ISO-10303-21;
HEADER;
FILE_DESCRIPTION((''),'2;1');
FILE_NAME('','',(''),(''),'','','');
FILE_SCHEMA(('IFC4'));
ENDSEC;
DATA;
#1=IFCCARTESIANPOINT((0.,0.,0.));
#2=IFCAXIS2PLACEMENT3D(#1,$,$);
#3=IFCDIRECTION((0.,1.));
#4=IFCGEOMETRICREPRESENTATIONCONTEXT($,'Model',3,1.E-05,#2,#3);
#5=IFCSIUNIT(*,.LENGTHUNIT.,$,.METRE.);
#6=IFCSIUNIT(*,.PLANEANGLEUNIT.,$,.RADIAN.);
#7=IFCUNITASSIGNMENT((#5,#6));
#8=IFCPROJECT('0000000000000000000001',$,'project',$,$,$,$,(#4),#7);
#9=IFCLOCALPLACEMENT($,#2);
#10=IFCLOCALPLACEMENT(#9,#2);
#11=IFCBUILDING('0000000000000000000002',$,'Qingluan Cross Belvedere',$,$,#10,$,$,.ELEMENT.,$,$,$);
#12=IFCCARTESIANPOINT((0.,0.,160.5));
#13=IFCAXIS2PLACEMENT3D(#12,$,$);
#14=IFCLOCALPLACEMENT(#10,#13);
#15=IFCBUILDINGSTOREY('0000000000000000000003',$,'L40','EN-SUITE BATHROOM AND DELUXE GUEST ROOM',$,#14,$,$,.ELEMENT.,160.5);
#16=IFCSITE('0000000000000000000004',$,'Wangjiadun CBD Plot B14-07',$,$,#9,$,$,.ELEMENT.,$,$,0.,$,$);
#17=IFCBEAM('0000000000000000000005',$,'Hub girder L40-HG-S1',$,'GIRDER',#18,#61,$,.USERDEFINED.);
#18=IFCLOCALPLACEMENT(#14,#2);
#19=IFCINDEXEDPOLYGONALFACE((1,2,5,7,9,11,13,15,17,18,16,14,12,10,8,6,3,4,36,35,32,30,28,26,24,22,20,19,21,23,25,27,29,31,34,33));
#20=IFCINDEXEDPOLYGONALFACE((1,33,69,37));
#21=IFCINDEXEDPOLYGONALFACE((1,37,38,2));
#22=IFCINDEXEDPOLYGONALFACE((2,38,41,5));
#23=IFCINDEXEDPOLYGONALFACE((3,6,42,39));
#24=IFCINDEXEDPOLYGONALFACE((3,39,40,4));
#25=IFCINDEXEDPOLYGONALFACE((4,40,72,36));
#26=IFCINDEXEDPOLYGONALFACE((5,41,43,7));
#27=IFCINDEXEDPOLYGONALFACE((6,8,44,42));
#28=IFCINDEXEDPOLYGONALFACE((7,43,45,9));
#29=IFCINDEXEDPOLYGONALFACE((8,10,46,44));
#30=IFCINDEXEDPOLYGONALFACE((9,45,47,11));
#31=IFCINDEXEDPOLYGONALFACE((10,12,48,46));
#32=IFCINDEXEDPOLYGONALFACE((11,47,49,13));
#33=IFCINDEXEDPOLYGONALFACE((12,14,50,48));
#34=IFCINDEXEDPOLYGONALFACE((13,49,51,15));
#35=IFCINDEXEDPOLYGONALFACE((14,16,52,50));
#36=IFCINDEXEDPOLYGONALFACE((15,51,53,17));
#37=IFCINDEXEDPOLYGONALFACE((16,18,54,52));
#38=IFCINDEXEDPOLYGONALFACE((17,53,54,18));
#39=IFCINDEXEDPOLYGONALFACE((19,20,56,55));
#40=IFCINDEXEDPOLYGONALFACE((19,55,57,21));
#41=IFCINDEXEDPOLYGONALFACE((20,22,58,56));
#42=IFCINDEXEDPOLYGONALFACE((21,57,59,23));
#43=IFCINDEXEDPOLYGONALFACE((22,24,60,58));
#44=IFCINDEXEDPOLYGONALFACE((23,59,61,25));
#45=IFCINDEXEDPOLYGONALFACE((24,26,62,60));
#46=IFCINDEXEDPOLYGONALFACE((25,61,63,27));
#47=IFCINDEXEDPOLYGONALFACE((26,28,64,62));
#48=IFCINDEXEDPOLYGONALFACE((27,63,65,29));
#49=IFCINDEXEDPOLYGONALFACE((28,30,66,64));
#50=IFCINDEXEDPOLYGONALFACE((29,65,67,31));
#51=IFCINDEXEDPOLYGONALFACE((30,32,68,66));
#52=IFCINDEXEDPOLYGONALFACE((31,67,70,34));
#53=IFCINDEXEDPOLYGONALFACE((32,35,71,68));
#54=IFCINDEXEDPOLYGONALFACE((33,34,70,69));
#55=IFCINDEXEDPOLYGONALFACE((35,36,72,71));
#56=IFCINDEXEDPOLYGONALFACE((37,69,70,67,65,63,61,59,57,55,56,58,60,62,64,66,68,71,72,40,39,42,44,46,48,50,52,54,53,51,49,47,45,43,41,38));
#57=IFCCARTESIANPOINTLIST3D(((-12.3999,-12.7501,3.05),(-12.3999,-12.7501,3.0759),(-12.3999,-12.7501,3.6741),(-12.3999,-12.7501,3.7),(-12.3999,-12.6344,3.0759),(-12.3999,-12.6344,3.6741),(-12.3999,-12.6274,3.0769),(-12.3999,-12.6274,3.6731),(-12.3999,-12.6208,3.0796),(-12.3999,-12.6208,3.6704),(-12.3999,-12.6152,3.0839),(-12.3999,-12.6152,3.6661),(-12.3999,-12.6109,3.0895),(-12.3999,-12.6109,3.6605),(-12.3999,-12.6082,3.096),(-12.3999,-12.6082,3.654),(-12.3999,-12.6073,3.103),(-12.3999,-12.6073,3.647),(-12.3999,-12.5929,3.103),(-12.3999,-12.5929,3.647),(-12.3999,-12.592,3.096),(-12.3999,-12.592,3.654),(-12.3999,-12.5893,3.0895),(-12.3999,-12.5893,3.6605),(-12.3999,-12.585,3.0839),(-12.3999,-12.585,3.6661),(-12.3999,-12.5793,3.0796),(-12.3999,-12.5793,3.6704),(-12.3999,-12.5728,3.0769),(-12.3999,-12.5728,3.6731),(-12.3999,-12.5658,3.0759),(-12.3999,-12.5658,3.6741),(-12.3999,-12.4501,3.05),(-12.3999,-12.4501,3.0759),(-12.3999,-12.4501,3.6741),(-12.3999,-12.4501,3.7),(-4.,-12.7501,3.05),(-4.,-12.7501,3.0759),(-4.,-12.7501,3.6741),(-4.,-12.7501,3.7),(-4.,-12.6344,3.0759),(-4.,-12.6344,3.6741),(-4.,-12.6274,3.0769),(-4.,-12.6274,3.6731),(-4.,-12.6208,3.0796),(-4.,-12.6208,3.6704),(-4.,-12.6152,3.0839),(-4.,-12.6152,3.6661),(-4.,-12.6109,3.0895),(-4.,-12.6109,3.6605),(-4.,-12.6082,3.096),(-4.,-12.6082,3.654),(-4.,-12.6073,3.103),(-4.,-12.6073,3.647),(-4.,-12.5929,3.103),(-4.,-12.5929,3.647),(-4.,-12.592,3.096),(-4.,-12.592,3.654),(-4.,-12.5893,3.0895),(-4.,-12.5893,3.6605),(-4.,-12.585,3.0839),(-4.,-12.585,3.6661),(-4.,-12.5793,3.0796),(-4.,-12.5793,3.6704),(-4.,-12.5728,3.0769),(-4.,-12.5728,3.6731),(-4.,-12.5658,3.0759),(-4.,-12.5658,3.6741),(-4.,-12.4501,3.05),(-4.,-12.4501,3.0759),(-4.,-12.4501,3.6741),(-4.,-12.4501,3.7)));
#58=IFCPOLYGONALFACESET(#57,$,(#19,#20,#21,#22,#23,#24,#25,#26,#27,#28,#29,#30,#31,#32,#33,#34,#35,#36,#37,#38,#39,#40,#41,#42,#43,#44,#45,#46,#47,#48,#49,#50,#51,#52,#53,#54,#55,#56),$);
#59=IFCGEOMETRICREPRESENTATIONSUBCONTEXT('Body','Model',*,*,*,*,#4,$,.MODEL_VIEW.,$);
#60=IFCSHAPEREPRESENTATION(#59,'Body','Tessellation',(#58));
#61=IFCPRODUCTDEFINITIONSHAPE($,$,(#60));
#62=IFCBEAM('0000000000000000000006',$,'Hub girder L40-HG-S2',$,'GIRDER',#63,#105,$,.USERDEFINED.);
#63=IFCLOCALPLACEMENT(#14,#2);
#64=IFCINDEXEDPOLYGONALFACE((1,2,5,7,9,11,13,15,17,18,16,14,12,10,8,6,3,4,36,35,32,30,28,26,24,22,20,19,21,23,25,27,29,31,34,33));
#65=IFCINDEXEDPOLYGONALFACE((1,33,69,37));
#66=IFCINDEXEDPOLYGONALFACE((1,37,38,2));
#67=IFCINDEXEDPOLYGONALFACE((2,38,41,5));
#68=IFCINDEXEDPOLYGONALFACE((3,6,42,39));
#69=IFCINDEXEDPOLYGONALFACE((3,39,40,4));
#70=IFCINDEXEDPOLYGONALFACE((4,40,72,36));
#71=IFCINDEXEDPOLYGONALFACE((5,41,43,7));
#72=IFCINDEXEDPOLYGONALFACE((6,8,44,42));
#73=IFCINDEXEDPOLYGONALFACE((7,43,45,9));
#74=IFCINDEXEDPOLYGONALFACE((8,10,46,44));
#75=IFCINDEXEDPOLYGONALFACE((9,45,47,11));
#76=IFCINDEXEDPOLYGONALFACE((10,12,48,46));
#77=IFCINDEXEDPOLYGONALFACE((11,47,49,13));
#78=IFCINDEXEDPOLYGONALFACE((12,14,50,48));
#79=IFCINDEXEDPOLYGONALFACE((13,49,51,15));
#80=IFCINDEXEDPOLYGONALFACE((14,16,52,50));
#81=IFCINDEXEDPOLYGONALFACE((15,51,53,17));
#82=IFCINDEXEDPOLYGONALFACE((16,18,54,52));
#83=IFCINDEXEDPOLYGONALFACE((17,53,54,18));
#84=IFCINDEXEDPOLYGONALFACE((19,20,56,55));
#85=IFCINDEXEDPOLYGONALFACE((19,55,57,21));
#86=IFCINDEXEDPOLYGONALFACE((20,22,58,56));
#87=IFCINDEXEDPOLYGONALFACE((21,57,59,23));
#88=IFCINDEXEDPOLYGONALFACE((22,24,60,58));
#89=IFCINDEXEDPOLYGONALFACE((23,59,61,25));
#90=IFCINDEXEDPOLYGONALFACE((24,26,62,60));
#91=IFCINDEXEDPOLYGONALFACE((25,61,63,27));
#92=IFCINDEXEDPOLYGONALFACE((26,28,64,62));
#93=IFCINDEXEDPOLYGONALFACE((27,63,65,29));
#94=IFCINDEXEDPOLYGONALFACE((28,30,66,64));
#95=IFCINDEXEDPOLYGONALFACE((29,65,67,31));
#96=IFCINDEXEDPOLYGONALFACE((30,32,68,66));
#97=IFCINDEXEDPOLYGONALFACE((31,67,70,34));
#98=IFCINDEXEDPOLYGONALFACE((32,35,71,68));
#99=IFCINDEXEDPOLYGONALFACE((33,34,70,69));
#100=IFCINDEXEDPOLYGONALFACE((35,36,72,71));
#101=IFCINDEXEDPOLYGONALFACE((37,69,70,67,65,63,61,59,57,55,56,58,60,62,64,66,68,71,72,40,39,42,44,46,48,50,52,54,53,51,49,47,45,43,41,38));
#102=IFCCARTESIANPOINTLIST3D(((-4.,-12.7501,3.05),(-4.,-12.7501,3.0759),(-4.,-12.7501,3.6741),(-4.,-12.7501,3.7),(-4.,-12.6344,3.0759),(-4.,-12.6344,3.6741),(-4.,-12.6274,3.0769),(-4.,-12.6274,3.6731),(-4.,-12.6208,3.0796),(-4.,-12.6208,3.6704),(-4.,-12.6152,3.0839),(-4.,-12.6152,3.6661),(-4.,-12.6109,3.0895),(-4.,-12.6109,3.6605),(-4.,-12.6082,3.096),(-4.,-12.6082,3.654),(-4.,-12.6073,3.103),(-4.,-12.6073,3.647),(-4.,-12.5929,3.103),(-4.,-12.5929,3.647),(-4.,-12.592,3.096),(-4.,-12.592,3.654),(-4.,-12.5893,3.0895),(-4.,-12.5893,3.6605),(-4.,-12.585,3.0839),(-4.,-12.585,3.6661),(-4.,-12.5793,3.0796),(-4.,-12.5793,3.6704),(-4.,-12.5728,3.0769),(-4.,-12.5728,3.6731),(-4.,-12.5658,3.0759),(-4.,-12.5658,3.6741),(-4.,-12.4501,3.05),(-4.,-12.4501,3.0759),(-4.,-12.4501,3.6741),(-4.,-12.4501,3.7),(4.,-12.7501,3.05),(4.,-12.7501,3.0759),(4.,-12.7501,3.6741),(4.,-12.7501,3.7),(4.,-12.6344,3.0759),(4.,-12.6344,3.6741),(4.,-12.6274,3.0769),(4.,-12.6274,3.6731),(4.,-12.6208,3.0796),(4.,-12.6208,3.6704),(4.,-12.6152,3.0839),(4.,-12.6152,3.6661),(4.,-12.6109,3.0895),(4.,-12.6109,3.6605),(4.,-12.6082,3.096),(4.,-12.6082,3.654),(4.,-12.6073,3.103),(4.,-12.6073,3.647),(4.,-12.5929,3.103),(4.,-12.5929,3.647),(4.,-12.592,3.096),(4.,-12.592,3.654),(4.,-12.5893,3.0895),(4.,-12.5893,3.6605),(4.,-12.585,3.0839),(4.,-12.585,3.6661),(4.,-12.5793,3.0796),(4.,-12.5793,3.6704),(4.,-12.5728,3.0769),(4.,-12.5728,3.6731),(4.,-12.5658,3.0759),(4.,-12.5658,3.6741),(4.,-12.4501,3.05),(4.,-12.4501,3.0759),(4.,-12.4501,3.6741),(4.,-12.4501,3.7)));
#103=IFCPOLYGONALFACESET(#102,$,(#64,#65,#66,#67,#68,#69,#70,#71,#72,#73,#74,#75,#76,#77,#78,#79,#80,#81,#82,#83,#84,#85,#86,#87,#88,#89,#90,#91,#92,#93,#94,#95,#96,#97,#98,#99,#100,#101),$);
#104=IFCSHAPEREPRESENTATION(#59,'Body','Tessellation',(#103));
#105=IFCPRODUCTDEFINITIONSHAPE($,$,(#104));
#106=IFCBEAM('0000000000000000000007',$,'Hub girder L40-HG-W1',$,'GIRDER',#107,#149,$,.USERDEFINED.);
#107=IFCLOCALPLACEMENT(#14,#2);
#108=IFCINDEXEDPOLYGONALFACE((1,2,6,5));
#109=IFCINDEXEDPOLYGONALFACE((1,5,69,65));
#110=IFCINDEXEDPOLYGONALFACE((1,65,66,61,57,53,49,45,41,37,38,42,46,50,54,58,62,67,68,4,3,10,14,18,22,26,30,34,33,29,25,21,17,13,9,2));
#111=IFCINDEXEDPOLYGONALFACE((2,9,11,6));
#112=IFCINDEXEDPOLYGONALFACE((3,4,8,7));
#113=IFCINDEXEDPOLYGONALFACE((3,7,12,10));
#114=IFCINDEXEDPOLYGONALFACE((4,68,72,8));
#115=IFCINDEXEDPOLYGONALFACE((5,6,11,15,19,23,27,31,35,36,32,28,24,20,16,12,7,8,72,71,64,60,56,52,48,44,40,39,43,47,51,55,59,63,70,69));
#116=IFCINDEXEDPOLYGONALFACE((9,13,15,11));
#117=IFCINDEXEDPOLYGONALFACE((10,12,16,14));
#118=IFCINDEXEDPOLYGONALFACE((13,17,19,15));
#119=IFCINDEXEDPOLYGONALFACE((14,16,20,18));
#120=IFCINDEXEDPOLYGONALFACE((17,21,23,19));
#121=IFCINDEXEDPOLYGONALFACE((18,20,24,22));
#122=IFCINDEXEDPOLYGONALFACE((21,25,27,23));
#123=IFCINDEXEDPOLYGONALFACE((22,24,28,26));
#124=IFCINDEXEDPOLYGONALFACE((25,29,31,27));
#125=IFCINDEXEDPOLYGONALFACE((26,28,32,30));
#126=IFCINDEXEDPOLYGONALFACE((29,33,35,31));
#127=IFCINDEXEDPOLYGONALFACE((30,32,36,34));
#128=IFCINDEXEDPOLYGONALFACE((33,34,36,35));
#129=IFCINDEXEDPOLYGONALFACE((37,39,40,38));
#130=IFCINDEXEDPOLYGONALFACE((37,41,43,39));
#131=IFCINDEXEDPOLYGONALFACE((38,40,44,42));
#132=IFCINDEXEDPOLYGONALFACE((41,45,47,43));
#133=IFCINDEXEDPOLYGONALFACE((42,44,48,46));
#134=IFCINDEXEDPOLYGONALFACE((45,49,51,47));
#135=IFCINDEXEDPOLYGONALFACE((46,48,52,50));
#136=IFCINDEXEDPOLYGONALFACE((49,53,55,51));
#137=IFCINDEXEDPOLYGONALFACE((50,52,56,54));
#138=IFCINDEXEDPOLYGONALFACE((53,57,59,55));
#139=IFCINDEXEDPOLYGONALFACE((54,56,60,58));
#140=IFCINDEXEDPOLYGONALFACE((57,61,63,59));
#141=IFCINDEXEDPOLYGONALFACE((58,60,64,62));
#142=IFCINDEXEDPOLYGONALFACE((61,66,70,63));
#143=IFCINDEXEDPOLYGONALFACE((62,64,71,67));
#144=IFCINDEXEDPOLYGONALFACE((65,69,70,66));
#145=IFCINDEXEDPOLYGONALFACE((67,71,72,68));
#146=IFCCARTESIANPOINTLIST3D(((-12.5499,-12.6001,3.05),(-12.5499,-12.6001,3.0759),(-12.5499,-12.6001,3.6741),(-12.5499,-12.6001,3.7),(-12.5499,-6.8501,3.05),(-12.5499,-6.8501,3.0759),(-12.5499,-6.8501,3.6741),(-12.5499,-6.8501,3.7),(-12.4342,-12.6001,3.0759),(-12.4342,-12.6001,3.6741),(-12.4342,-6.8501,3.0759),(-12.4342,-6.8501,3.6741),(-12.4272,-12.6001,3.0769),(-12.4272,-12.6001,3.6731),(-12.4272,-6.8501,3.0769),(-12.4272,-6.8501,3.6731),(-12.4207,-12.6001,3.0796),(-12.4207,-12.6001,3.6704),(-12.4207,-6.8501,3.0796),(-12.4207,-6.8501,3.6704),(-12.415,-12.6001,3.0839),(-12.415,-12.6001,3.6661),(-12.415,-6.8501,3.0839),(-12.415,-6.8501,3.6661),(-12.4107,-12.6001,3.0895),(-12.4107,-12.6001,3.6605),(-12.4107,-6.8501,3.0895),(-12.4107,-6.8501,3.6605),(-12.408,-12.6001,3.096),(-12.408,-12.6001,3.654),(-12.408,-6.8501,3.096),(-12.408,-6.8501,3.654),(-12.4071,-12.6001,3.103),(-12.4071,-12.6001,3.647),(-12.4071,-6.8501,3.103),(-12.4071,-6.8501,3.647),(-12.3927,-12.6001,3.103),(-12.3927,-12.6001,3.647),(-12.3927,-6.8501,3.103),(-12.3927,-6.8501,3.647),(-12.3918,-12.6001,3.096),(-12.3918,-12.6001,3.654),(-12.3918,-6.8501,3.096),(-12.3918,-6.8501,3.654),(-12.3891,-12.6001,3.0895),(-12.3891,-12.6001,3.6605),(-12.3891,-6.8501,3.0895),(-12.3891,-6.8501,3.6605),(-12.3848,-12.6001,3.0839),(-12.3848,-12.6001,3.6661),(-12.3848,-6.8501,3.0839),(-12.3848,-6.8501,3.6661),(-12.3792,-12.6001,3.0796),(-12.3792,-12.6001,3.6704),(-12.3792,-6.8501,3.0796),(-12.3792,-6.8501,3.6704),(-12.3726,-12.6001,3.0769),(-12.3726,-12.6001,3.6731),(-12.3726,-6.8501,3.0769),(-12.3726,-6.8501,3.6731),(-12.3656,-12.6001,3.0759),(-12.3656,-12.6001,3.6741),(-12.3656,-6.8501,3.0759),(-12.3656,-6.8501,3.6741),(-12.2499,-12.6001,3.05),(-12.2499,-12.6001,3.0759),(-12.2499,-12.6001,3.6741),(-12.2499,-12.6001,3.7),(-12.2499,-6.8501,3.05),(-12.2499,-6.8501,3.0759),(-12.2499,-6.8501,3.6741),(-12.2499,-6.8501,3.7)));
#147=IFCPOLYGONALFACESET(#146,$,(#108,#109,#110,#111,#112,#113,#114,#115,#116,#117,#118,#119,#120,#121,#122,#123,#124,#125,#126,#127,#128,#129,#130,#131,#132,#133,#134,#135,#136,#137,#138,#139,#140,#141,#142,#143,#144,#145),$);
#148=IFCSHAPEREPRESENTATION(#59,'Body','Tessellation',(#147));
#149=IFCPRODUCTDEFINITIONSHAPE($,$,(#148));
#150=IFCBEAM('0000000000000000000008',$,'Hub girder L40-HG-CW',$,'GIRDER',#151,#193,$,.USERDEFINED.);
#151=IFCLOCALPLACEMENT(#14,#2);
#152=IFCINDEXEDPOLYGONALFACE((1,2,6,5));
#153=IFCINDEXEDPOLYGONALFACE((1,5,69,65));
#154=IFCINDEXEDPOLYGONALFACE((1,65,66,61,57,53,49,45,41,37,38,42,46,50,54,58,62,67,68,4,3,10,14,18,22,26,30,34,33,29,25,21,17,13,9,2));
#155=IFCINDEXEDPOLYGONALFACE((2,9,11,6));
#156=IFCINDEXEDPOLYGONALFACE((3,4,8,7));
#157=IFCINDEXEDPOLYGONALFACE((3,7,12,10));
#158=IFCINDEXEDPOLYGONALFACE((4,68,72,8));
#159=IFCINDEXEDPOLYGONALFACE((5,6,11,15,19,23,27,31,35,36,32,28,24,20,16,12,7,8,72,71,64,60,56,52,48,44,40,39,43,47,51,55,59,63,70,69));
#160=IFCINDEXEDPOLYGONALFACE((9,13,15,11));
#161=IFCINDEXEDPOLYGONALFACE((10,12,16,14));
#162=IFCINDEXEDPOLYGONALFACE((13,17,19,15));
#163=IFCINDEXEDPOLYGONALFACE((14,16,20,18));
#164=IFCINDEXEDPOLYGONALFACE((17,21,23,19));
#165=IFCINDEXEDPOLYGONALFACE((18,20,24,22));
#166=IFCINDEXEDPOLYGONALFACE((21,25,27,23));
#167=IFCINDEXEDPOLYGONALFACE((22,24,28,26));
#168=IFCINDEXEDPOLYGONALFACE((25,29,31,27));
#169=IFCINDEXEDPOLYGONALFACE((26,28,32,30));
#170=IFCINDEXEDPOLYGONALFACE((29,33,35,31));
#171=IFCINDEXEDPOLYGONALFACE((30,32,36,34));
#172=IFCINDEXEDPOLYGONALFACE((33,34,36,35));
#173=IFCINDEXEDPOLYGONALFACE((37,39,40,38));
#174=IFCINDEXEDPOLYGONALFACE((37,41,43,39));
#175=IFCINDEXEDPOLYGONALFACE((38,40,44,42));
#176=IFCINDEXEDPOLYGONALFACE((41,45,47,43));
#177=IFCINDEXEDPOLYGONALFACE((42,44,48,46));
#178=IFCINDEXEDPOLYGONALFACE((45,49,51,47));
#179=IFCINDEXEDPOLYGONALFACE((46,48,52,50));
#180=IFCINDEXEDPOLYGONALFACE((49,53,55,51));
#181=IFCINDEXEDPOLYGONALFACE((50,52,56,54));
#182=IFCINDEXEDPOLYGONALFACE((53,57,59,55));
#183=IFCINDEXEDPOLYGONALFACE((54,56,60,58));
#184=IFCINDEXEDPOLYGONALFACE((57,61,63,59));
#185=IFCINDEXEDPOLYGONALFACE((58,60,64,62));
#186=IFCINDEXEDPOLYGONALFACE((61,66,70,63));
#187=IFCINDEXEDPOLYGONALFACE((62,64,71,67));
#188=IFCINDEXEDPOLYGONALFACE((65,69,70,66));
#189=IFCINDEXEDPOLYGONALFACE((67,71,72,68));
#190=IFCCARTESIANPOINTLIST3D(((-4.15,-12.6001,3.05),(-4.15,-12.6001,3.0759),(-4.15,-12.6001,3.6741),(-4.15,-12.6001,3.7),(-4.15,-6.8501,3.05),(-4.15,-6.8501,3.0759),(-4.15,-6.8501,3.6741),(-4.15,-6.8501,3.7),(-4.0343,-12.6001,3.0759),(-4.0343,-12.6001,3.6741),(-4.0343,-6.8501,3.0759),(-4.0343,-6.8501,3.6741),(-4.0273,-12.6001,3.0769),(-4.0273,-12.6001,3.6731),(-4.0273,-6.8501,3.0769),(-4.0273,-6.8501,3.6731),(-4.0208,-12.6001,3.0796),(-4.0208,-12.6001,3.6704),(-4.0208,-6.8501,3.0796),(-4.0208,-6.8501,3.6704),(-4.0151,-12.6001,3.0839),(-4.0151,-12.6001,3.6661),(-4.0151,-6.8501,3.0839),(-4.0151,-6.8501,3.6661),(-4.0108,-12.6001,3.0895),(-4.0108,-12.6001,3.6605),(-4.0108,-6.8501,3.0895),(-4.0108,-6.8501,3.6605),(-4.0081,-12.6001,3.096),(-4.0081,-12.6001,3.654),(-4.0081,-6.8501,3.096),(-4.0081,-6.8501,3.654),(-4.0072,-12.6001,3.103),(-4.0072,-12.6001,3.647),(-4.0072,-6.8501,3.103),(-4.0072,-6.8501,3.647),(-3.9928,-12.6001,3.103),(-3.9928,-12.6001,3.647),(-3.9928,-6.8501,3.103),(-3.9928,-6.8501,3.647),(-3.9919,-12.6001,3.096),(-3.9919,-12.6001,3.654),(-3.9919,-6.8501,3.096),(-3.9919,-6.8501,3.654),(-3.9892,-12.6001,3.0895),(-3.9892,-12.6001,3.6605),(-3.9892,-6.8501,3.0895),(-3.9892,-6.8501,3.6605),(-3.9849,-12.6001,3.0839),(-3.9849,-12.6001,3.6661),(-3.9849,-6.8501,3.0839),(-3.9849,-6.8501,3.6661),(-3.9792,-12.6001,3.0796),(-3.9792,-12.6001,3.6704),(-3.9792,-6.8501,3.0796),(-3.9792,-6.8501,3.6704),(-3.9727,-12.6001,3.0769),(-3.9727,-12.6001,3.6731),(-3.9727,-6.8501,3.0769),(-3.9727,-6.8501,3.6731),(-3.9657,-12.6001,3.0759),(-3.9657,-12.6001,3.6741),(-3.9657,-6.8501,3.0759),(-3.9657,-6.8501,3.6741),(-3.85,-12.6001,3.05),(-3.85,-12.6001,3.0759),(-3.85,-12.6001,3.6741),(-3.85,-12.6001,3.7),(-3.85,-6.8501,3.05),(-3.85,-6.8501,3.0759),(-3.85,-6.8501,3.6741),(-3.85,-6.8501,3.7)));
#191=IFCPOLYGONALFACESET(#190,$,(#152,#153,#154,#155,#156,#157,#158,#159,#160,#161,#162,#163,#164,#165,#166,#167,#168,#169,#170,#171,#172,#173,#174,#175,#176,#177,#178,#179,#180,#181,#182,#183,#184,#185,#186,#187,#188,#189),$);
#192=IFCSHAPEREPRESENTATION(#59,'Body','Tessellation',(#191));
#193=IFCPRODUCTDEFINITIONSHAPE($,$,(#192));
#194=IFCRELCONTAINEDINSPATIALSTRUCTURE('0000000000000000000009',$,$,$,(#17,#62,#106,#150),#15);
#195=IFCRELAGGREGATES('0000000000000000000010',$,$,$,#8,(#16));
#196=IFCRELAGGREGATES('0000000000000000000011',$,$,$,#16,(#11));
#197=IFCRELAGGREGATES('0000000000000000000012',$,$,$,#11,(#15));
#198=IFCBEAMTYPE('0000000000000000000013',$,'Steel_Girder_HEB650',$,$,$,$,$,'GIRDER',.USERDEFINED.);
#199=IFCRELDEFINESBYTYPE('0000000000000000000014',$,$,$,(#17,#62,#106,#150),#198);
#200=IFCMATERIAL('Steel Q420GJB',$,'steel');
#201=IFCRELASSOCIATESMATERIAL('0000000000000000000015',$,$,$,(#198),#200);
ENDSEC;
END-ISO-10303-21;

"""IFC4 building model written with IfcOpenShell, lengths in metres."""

from ifc_helpers import new_model, si_unit, direction, frame, origin, origin_2d, place, context, subcontext, project, spatial, i_section, extrude, material, material_profile, profile_set, type_object, element, save


model = new_model("IFC4")

# Units and contexts
model_context = context("Model", 3, precision=1e-05, world=origin(), true_north=direction((0.0, 1.0)))
body_context = subcontext(model_context, "Body", "Model", "MODEL_VIEW")
ifc_project = project(units=[si_unit("LENGTHUNIT", "METRE"), si_unit("PLANEANGLEUNIT", "RADIAN")], contexts=[model_context])

# Site, building, storey
site_placement = place(None, origin())
site = spatial("IfcSite", under=ifc_project, at=site_placement, Name="Wangjiadun CBD Plot B14-07", CompositionType="ELEMENT", RefElevation=0.0)
building_placement = place(site_placement, origin())
building = spatial("IfcBuilding", under=site, at=building_placement, Name="Qingluan Cross Belvedere", CompositionType="ELEMENT")
storey_placement = place(building_placement, frame((0.0, 0.0, 160.5)))
storey = spatial("IfcBuildingStorey", under=building, at=storey_placement, Name="L40", Description="EN-SUITE BATHROOM AND DELUXE GUEST ROOM", CompositionType="ELEMENT", Elevation=160.5)

# Beams
ifc_material_1 = material(Name="Steel Q420GJB", Category="steel")
ifc_material_profile_1 = material_profile(ifc_material_1, i_section(OverallWidth=0.3, OverallDepth=0.6499, WebThickness=0.0144, FlangeThickness=0.0259, FilletRadius=0.0271, at=origin_2d()), Name="HEB650")
ifc_profile_set_1 = profile_set([ifc_material_profile_1], Name="Steel Q420GJB")
beam_type_1 = type_object("IfcBeamType", Name="Steel_Girder_HEB650", ElementType="GIRDER", PredefinedType="USERDEFINED", material=ifc_profile_set_1)
beam_1_placement = place(storey_placement, frame((-12.3999, -12.6001, 3.375), z_axis=(1.0, 0.0, 0.0), x_axis=(0.0, 1.0, 0.0)))
element("IfcBeam", 1, at=beam_1_placement, inside=storey, type_object=beam_type_1, Name="Hub girder L40-HG-S1", ObjectType="GIRDER", PredefinedType="USERDEFINED", context=body_context, shape_type="SweptSolid", body=[
    extrude(i_section(OverallWidth=0.3, OverallDepth=0.6499, WebThickness=0.0144, FlangeThickness=0.0259, FilletRadius=0.0271, at=origin_2d()), origin(), (0.0, 0.0, 1.0), 8.3999),
])
beam_2_placement = place(storey_placement, frame((-4.0, -12.6001, 3.375), z_axis=(1.0, 0.0, 0.0), x_axis=(0.0, 1.0, 0.0)))
element("IfcBeam", 2, at=beam_2_placement, inside=storey, type_object=beam_type_1, Name="Hub girder L40-HG-S2", ObjectType="GIRDER", PredefinedType="USERDEFINED", context=body_context, shape_type="SweptSolid", body=[
    extrude(i_section(OverallWidth=0.3, OverallDepth=0.6499, WebThickness=0.0144, FlangeThickness=0.0259, FilletRadius=0.0271, at=origin_2d()), origin(), (0.0, 0.0, 1.0), 8.0),
])
for number, where, z_axis, x_axis, name in (
    (3, (-12.3999, -12.6001, 3.375), (0.0, 1.0, 0.0), (-1.0, 0.0, 0.0), "Hub girder L40-HG-W1"),
    (4, (-4.0, -12.6001, 3.375), (0.0, 1.0, 0.0), (-1.0, 0.0, 0.0), "Hub girder L40-HG-CW"),
):
    element("IfcBeam", number, at=place(storey_placement, frame(where, z_axis=z_axis, x_axis=x_axis)), inside=storey, type_object=beam_type_1, Name=name, ObjectType="GIRDER", PredefinedType="USERDEFINED", context=body_context, shape_type="SweptSolid", body=[
        extrude(i_section(OverallWidth=0.3, OverallDepth=0.6499, WebThickness=0.0144, FlangeThickness=0.0259, FilletRadius=0.0271, at=origin_2d()), origin(), (0.0, 0.0, 1.0), 5.75),
    ])

save(model, "model.ifc")
